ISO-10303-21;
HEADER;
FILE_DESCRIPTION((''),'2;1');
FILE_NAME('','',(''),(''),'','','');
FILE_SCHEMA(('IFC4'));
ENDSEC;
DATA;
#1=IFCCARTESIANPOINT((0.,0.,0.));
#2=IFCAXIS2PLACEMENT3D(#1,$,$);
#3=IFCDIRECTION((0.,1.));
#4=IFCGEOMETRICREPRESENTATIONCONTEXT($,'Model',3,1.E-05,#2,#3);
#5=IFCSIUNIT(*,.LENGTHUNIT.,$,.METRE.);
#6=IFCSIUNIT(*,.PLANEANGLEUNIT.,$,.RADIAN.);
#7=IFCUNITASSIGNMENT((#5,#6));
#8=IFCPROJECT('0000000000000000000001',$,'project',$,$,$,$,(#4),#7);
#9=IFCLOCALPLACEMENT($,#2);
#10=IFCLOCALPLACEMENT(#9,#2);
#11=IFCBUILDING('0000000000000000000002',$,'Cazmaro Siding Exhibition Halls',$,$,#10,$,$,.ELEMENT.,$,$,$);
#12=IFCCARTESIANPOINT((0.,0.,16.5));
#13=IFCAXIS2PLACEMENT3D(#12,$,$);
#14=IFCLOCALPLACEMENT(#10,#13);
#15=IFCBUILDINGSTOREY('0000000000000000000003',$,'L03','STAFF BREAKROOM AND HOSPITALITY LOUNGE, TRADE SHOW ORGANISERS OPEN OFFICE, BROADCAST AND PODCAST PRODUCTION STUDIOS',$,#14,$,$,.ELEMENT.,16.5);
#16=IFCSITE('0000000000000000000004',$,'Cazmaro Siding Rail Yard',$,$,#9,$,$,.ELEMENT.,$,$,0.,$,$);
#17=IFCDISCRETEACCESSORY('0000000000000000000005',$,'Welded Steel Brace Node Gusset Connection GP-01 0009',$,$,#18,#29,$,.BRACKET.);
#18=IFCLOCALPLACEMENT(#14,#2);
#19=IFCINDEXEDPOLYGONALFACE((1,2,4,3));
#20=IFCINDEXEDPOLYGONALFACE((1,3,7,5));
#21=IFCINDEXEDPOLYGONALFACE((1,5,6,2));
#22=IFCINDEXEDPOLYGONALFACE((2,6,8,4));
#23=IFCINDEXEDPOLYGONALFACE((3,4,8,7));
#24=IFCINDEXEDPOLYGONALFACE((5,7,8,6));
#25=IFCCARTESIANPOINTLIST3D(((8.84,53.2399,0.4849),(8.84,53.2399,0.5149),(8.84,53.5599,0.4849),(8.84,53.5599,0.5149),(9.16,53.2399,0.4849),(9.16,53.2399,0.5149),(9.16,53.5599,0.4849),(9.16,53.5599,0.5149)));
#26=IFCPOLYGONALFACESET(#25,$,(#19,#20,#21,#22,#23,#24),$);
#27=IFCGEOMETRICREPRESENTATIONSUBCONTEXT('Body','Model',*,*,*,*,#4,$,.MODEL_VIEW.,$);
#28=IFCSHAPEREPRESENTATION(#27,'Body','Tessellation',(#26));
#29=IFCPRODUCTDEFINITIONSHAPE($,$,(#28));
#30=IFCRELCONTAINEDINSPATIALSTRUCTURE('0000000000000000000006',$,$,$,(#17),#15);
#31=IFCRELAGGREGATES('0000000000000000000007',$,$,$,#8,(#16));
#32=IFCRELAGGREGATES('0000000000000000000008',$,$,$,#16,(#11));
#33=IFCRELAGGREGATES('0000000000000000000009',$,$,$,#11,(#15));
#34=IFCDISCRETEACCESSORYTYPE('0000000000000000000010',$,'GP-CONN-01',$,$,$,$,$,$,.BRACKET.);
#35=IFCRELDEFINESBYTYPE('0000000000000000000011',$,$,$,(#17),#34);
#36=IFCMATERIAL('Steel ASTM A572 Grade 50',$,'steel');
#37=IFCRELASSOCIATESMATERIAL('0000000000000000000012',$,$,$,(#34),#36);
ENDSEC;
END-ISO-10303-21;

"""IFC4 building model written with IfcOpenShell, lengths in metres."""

from ifc_helpers import new_model, si_unit, direction, frame, origin, origin_2d, place, context, subcontext, project, spatial, rectangle, extrude, material, type_object, element, save


model = new_model("IFC4")

# Units and contexts
model_context = context("Model", 3, precision=1e-05, world=origin(), true_north=direction((0.0, 1.0)))
body_context = subcontext(model_context, "Body", "Model", "MODEL_VIEW")
ifc_project = project(units=[si_unit("LENGTHUNIT", "METRE"), si_unit("PLANEANGLEUNIT", "RADIAN")], contexts=[model_context])

# Site, building, storey
site_placement = place(None, origin())
site = spatial("IfcSite", under=ifc_project, at=site_placement, Name="Cazmaro Siding Rail Yard", CompositionType="ELEMENT", RefElevation=0.0)
building_placement = place(site_placement, origin())
building = spatial("IfcBuilding", under=site, at=building_placement, Name="Cazmaro Siding Exhibition Halls", CompositionType="ELEMENT")
storey_placement = place(building_placement, frame((0.0, 0.0, 16.5)))
storey = spatial("IfcBuildingStorey", under=building, at=storey_placement, Name="L03", Description="STAFF BREAKROOM AND HOSPITALITY LOUNGE, TRADE SHOW ORGANISERS OPEN OFFICE, BROADCAST AND PODCAST PRODUCTION STUDIOS", CompositionType="ELEMENT", Elevation=16.5)

# Discrete accessory
ifc_material_1 = material(Name="Steel ASTM A572 Grade 50", Category="steel")
discrete_accessory_type = type_object("IfcDiscreteAccessoryType", Name="GP-CONN-01", PredefinedType="BRACKET", material=ifc_material_1)
for number, where, z_axis, x_axis, name in (
    (1, (9.0, 53.3999, 0.4849), (0.0, 0.0, 1.0), (1.0, 0.0, 0.0), "Welded Steel Brace Node Gusset Connection GP-01 0009"),
):
    element("IfcDiscreteAccessory", number, at=place(storey_placement, frame(where, z_axis=z_axis, x_axis=x_axis)), inside=storey, type_object=discrete_accessory_type, Name=name, PredefinedType="BRACKET", context=body_context, shape_type="SweptSolid", body=[
        extrude(rectangle(XDim=0.3201, YDim=0.3201, at=origin_2d()), origin(), (0.0, 0.0, 1.0), 0.03),
    ])

save(model, "model.ifc")
